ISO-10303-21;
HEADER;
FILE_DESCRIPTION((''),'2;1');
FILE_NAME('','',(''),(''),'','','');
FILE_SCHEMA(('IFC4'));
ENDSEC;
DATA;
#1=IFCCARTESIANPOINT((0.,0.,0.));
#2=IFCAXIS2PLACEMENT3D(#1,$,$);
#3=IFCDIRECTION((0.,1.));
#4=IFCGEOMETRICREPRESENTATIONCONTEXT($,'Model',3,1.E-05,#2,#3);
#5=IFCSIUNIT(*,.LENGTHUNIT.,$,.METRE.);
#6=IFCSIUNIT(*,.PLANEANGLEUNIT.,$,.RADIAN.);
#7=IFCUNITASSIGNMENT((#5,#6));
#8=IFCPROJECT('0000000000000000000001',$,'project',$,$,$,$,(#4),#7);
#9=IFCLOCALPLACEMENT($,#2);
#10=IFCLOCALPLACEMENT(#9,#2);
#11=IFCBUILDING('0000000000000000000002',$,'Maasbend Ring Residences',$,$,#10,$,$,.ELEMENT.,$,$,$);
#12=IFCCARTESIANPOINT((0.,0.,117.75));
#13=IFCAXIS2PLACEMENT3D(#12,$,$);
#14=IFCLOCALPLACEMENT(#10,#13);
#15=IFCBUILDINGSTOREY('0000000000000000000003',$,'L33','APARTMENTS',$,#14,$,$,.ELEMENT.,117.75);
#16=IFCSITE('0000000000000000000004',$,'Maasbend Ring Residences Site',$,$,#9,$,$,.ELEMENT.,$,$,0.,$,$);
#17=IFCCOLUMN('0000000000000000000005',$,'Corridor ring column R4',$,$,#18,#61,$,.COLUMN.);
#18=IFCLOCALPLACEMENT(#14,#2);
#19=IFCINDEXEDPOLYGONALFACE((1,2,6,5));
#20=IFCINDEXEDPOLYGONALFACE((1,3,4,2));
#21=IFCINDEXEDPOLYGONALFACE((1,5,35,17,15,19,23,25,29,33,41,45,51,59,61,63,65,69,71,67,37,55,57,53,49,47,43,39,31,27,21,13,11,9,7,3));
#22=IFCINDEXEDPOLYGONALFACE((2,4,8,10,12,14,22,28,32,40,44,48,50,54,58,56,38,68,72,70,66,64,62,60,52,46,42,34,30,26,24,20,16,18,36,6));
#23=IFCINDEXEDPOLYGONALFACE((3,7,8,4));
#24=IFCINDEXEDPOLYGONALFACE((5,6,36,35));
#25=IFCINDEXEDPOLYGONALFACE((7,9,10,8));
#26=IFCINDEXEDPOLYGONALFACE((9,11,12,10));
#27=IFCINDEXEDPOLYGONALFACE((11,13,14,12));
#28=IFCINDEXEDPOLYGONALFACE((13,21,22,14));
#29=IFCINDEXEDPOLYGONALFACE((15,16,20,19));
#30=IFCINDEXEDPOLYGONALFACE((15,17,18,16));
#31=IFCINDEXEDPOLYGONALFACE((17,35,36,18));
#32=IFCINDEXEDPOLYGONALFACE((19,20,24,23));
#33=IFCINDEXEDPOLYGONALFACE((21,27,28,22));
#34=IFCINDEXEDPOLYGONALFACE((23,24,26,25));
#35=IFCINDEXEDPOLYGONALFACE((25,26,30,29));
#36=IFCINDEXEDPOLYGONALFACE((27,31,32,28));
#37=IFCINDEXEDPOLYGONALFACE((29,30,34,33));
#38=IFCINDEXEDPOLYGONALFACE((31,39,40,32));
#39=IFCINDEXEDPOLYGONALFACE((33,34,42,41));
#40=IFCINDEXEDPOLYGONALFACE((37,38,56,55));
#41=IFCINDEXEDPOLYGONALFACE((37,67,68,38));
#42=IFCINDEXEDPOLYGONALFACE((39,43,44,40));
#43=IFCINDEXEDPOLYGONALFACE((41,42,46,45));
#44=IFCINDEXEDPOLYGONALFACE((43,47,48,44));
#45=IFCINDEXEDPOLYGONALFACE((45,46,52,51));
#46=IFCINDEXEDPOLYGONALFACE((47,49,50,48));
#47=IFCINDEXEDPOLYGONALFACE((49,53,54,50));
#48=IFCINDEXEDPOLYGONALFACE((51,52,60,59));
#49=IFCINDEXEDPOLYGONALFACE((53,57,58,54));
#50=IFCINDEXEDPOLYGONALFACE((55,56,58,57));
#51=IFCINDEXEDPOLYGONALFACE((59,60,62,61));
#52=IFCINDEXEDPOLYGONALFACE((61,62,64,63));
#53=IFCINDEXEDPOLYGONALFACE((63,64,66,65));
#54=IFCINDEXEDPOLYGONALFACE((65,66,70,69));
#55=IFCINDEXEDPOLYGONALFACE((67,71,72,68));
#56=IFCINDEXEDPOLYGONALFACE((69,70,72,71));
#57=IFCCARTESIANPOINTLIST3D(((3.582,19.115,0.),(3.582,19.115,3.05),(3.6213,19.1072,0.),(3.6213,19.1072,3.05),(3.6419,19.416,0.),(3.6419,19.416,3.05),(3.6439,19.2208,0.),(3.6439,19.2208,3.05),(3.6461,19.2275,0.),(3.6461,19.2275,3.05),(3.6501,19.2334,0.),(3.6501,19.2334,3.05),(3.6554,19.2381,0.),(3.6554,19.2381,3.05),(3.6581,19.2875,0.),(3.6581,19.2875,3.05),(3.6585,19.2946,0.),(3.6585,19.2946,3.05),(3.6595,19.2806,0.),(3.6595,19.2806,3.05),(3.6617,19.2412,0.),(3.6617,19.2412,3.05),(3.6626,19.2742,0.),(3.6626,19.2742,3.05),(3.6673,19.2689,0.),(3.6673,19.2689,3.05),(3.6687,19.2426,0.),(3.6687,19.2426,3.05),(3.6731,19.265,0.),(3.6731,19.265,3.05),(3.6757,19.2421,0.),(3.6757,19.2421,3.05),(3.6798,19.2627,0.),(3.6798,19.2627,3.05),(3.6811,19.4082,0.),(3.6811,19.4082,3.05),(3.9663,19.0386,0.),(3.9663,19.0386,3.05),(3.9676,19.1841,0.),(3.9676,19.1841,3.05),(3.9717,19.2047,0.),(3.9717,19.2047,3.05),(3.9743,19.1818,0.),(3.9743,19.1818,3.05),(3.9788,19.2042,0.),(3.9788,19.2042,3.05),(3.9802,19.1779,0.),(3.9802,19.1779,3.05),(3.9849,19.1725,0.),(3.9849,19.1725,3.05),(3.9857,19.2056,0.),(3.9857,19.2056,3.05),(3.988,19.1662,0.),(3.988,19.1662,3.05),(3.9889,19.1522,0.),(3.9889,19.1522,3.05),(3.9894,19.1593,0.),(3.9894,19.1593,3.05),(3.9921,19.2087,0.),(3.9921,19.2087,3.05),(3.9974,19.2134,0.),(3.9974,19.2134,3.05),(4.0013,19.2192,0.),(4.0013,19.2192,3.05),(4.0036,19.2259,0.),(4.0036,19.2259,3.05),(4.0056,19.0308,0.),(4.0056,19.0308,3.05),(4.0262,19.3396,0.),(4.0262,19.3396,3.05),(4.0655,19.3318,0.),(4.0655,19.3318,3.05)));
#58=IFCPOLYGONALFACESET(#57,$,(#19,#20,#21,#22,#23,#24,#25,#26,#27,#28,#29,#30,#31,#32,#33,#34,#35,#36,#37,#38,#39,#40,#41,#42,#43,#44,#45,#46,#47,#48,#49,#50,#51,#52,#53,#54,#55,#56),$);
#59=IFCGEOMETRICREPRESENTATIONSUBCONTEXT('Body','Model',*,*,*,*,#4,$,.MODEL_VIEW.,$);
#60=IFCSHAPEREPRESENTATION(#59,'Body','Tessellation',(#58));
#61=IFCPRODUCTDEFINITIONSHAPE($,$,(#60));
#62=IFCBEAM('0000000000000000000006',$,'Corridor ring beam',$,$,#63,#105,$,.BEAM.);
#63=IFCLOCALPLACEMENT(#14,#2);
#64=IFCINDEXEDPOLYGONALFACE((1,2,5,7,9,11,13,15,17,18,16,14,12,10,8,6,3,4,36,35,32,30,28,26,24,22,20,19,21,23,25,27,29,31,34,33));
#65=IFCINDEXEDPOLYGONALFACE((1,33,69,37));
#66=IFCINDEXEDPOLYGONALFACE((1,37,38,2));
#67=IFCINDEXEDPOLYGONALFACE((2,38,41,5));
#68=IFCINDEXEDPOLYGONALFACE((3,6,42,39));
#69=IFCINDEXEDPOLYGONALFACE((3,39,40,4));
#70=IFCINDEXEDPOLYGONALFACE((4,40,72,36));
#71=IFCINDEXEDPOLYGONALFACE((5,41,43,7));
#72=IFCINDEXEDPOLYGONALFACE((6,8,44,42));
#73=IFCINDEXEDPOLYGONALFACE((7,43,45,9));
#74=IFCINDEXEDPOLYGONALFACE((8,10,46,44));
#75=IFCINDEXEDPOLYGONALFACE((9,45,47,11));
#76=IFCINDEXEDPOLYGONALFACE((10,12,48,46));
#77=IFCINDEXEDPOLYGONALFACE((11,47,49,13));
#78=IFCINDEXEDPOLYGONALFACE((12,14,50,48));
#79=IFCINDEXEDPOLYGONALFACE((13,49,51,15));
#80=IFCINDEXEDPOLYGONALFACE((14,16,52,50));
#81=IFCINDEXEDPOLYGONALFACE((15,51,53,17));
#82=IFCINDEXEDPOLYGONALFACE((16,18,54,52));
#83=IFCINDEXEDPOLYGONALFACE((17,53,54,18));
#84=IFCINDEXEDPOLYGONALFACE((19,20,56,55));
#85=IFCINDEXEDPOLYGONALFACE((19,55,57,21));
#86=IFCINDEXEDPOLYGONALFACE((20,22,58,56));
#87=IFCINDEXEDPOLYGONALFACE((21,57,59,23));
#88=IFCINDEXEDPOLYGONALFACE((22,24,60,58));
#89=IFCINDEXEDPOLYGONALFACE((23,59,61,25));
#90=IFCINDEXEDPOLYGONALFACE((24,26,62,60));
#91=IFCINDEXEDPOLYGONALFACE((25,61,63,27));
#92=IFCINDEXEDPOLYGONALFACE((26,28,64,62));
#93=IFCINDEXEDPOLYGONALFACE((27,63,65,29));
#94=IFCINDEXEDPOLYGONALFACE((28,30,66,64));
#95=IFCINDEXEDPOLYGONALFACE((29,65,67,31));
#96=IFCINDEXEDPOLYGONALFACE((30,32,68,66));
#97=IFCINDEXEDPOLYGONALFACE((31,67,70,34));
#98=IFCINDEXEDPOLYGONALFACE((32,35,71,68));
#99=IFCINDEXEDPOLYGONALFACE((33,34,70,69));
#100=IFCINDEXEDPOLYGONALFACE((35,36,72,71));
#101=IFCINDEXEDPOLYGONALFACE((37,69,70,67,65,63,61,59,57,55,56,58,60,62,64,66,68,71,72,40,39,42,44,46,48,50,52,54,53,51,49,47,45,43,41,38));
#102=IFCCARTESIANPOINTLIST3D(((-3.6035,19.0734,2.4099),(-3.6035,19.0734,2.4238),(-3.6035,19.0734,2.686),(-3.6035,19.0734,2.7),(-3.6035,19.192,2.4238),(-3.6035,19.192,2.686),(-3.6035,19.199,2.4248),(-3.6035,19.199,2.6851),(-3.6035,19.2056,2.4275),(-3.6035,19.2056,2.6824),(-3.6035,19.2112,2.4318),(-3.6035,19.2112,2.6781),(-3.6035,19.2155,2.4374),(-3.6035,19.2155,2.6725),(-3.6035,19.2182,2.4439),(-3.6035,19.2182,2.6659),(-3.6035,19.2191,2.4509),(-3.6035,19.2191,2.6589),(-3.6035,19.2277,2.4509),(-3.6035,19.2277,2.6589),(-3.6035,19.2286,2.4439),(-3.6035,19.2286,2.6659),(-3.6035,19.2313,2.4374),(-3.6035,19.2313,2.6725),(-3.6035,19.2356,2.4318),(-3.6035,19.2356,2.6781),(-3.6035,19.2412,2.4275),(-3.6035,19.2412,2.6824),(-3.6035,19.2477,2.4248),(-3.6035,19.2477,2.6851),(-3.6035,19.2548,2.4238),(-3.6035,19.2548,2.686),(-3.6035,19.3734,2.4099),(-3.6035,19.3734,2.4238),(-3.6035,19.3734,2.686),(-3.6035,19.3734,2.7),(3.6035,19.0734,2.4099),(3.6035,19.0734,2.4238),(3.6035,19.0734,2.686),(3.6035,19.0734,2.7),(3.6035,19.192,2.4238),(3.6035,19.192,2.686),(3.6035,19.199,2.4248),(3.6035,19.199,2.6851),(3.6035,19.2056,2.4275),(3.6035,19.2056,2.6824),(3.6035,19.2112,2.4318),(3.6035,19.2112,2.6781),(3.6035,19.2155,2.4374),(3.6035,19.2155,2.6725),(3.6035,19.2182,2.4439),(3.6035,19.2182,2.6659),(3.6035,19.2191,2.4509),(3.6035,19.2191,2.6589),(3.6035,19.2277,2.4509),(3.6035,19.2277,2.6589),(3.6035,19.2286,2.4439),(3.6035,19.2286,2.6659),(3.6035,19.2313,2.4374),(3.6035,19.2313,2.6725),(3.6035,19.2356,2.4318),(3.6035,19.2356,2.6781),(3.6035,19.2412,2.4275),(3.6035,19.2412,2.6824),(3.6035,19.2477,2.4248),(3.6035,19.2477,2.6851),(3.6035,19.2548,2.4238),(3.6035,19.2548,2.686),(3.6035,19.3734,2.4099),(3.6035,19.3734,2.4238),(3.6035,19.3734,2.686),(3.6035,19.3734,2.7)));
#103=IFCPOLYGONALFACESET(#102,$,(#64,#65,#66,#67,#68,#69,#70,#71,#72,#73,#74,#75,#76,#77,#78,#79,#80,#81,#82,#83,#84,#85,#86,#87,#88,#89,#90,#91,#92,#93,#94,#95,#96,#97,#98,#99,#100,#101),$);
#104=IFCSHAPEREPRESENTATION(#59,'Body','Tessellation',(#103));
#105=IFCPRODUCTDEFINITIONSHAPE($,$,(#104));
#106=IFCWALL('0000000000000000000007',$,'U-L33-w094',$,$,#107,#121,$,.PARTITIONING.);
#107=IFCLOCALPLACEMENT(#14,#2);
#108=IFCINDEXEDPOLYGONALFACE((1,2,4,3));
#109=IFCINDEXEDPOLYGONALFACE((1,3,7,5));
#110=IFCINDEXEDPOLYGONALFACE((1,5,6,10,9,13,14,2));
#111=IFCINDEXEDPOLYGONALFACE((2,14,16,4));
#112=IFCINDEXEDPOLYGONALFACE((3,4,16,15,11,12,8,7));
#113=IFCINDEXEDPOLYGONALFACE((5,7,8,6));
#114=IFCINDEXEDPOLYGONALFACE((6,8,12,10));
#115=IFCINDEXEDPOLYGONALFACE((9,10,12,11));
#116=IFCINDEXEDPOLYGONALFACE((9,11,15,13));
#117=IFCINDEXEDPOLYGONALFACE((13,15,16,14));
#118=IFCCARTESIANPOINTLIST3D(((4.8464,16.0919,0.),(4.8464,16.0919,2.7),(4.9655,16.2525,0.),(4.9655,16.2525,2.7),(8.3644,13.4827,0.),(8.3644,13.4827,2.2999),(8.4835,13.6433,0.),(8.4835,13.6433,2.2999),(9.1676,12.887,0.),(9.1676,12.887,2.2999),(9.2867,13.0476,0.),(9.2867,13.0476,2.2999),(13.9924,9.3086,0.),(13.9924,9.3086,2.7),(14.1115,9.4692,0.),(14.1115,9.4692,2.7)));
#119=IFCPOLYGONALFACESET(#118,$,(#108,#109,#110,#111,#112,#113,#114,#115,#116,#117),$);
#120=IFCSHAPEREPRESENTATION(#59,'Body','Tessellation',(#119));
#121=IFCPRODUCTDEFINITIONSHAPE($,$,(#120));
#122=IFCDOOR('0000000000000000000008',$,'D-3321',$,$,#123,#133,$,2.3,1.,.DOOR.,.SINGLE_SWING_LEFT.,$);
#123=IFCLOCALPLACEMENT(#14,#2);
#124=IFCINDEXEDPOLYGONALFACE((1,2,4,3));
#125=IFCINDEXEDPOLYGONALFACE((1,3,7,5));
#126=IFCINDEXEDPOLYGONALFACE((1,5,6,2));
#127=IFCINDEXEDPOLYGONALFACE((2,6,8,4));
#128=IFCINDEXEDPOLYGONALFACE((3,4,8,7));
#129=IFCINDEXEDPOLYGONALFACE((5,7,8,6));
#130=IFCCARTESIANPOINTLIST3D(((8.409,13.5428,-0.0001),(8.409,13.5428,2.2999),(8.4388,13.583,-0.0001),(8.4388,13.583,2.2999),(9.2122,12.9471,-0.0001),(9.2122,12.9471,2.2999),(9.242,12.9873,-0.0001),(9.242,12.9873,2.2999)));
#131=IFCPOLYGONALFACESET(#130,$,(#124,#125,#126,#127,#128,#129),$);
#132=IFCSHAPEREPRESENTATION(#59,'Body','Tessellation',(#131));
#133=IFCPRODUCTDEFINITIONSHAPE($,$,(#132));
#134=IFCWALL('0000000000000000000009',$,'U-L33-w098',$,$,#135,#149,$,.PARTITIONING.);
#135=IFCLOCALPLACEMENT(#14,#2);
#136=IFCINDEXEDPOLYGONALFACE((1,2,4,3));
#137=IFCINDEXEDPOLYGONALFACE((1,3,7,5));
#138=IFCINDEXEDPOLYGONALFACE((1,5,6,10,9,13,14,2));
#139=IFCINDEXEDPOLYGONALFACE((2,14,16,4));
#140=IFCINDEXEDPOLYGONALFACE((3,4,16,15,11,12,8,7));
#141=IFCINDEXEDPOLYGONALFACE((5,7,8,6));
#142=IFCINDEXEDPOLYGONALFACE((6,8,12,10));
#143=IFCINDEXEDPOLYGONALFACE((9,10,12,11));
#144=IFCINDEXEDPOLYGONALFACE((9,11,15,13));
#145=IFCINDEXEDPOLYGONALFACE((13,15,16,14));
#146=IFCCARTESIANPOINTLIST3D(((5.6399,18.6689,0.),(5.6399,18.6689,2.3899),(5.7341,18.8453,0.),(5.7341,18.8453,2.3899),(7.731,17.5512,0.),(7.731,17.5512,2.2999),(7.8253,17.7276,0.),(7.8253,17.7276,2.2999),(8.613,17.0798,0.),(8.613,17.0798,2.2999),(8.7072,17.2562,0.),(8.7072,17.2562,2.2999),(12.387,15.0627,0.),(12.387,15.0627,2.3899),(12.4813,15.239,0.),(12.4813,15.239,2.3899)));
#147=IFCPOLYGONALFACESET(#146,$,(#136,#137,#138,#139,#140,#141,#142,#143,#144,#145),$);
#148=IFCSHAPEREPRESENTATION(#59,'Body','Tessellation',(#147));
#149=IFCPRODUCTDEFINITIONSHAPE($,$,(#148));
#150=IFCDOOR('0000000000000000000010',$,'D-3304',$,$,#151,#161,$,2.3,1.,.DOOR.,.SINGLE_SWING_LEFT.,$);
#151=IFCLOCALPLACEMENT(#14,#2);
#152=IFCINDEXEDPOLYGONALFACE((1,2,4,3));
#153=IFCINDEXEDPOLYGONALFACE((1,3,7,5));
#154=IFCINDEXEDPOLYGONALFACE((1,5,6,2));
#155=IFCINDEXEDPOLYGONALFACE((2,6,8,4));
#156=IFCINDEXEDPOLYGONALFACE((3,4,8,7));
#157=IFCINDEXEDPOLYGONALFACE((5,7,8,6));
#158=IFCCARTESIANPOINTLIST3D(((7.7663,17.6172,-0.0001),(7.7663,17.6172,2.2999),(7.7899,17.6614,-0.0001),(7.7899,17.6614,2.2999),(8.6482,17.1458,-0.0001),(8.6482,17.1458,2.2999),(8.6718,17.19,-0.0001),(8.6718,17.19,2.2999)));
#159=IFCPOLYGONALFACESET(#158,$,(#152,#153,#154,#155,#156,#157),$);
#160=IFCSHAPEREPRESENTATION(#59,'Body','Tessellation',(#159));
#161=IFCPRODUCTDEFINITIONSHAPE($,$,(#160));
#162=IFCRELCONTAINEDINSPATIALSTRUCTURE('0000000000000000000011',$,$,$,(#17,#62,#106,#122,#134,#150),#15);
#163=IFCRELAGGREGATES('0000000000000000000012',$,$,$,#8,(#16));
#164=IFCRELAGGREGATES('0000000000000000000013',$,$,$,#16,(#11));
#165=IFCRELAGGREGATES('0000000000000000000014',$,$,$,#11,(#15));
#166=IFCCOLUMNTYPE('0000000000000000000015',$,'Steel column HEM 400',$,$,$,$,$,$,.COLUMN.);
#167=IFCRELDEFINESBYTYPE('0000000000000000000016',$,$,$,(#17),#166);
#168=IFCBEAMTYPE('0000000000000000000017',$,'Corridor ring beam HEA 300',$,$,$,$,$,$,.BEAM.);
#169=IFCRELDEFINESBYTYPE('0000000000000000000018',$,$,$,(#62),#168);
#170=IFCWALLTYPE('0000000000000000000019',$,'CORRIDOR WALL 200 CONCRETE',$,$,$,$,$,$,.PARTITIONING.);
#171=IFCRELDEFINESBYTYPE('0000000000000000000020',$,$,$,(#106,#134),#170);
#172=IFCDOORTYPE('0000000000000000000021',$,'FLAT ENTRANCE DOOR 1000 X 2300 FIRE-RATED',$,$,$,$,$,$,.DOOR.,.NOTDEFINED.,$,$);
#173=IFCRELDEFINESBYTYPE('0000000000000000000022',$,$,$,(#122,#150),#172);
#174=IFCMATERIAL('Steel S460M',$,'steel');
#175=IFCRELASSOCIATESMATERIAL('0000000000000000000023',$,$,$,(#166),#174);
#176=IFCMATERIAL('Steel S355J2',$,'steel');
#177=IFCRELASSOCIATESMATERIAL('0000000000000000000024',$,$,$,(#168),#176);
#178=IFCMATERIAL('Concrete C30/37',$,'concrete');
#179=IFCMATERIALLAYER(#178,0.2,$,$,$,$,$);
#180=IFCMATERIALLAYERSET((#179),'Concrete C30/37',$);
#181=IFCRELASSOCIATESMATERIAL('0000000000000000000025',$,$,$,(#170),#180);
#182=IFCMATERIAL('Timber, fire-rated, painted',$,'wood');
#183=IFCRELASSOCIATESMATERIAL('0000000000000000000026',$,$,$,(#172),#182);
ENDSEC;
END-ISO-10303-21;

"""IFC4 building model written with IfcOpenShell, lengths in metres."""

from ifc_helpers import new_model, si_unit, direction, frame, frame_2d, origin, origin_2d, place, context, subcontext, project, spatial, rectangle, i_section, extrude, material, layer, layer_set, material_profile, profile_set, type_object, element, fill, save


model = new_model("IFC4")

# Units and contexts
model_context = context("Model", 3, precision=1e-05, world=origin(), true_north=direction((0.0, 1.0)))
body_context = subcontext(model_context, "Body", "Model", "MODEL_VIEW")
ifc_project = project(units=[si_unit("LENGTHUNIT", "METRE"), si_unit("PLANEANGLEUNIT", "RADIAN")], contexts=[model_context])

# Site, building, storey
site_placement = place(None, origin())
site = spatial("IfcSite", under=ifc_project, at=site_placement, Name="Maasbend Ring Residences Site", CompositionType="ELEMENT", RefElevation=0.0)
building_placement = place(site_placement, origin())
building = spatial("IfcBuilding", under=site, at=building_placement, Name="Maasbend Ring Residences", CompositionType="ELEMENT")
storey_placement = place(building_placement, frame((0.0, 0.0, 117.75)))
storey = spatial("IfcBuildingStorey", under=building, at=storey_placement, Name="L33", Description="APARTMENTS", CompositionType="ELEMENT", Elevation=117.75)

# Column
ifc_material_1 = material(Name="Steel S460M", Category="steel")
ifc_material_profile_1 = material_profile(ifc_material_1, i_section(OverallWidth=0.3069, OverallDepth=0.4319, WebThickness=0.021, FlangeThickness=0.04, FilletRadius=0.0271, at=origin_2d()), Name="HEM 400")
ifc_profile_set_1 = profile_set([ifc_material_profile_1], Name="Steel S460M")
column_type = type_object("IfcColumnType", Name="Steel column HEM 400", PredefinedType="COLUMN", material=ifc_profile_set_1)
column_placement = place(storey_placement, frame((3.8237, 19.2234, 0.0), z_axis=(0.0, 0.0, 1.0), x_axis=(0.19509, 0.980785, 0.0)))
element("IfcColumn", 1, at=column_placement, inside=storey, type_object=column_type, Name="Corridor ring column R4", PredefinedType="COLUMN", context=body_context, shape_type="SweptSolid", body=[
    extrude(i_section(OverallWidth=0.3069, OverallDepth=0.4319, WebThickness=0.021, FlangeThickness=0.04, FilletRadius=0.0271, at=origin_2d()), origin(), (0.0, 0.0, 1.0), 3.05),
])

# Beam
ifc_material_2 = material(Name="Steel S355J2", Category="steel")
ifc_material_profile_2 = material_profile(ifc_material_2, i_section(OverallWidth=0.3, OverallDepth=0.29, WebThickness=0.0085, FlangeThickness=0.0139, FilletRadius=0.0271, at=origin_2d()), Name="HEA 300")
ifc_profile_set_2 = profile_set([ifc_material_profile_2], Name="Steel S355J2")
beam_type = type_object("IfcBeamType", Name="Corridor ring beam HEA 300", PredefinedType="BEAM", material=ifc_profile_set_2)
beam_placement = place(storey_placement, frame((3.6035, 19.2234, 2.5549), z_axis=(-1.0, 0.0, 0.0), x_axis=(0.0, -1.0, 0.0)))
element("IfcBeam", 2, at=beam_placement, inside=storey, type_object=beam_type, Name="Corridor ring beam", PredefinedType="BEAM", context=body_context, shape_type="SweptSolid", body=[
    extrude(i_section(OverallWidth=0.3, OverallDepth=0.29, WebThickness=0.0085, FlangeThickness=0.0139, FilletRadius=0.0271, at=origin_2d()), origin(), (0.0, 0.0, 1.0), 7.207),
])

# Walls, openings, doors
ifc_material_3 = material(Name="Concrete C30/37", Category="concrete")
ifc_layer_1 = layer(ifc_material_3, 0.2)
ifc_layer_set_1 = layer_set([ifc_layer_1], Name="Concrete C30/37")
wall_type_1 = type_object("IfcWallType", Name="CORRIDOR WALL 200 CONCRETE", PredefinedType="PARTITIONING", material=ifc_layer_set_1)
wall_1_placement = place(storey_placement, frame((4.906, 16.1721, 0.0), z_axis=(0.0, 0.0, 1.0), x_axis=(0.803205, -0.595703, 0.0)))
wall_1 = element("IfcWall", 3, at=wall_1_placement, inside=storey, type_object=wall_type_1, Name="U-L33-w094", PredefinedType="PARTITIONING", context=body_context, shape_type="SweptSolid", body=[
    extrude(rectangle(XDim=11.387, YDim=0.2, at=frame_2d((5.6934, 0.0))), origin(), (0.0, 0.0, 1.0), 2.7),
])
opening_1_placement = place(wall_1_placement, frame((4.3799, 0.0, 0.0)))
opening_1 = element("IfcOpeningElement", 4, at=opening_1_placement, cuts=wall_1, PredefinedType="OPENING", context=body_context, shape_type="SweptSolid", body=[
    extrude(rectangle(XDim=1.0, YDim=2.3, at=frame_2d((0.5, 1.1499))), frame((0.0, 0.1099, 0.0), z_axis=(0.0, -1.0, 0.0), x_axis=(1.0, 0.0, 0.0)), (0.0, 0.0, 1.0), 0.22),
])
ifc_material_4 = material(Name="Timber, fire-rated, painted", Category="wood")
door_type_1 = type_object("IfcDoorType", Name="FLAT ENTRANCE DOOR 1000 X 2300 FIRE-RATED", OperationType="NOTDEFINED", PredefinedType="DOOR", material=ifc_material_4)
door_1_placement = place(opening_1_placement, origin())
door_1 = element("IfcDoor", 5, at=door_1_placement, inside=storey, type_object=door_type_1, Name="D-3321", OperationType="SINGLE_SWING_LEFT", OverallHeight=2.3, OverallWidth=1.0, PredefinedType="DOOR", context=body_context, shape_type="SweptSolid", body=[
    extrude(rectangle(XDim=1.0, YDim=2.3, at=frame_2d((0.5, 1.1499))), frame((0.0, 0.0249, 0.0), z_axis=(0.0, -1.0, 0.0), x_axis=(1.0, 0.0, 0.0)), (0.0, 0.0, 1.0), 0.05),
])
fill(opening_1, door_1)
wall_2_placement = place(storey_placement, frame((5.687, 18.7571, 0.0), z_axis=(0.0, 0.0, 1.0), x_axis=(0.881931, -0.471378, 0.0)))
wall_2 = element("IfcWall", 6, at=wall_2_placement, inside=storey, type_object=wall_type_1, Name="U-L33-w098", PredefinedType="PARTITIONING", context=body_context, shape_type="SweptSolid", body=[
    extrude(rectangle(XDim=7.6504, YDim=0.2, at=frame_2d((3.8252, 0.0))), origin(), (0.0, 0.0, 1.0), 2.3899),
])
opening_2_placement = place(wall_2_placement, frame((2.3711, 0.0, 0.0)))
opening_2 = element("IfcOpeningElement", 7, at=opening_2_placement, cuts=wall_2, PredefinedType="OPENING", context=body_context, shape_type="SweptSolid", body=[
    extrude(rectangle(XDim=1.0, YDim=2.3, at=frame_2d((0.5, 1.1499))), frame((0.0, 0.1099, 0.0), z_axis=(0.0, -1.0, 0.0), x_axis=(1.0, 0.0, 0.0)), (0.0, 0.0, 1.0), 0.22),
])
door_2_placement = place(opening_2_placement, origin())
door_2 = element("IfcDoor", 8, at=door_2_placement, inside=storey, type_object=door_type_1, Name="D-3304", OperationType="SINGLE_SWING_LEFT", OverallHeight=2.3, OverallWidth=1.0, PredefinedType="DOOR", context=body_context, shape_type="SweptSolid", body=[
    extrude(rectangle(XDim=1.0, YDim=2.3, at=frame_2d((0.5, 1.1499))), frame((0.0, 0.0249, 0.0), z_axis=(0.0, -1.0, 0.0), x_axis=(1.0, 0.0, 0.0)), (0.0, 0.0, 1.0), 0.05),
])
fill(opening_2, door_2)

save(model, "model.ifc")
